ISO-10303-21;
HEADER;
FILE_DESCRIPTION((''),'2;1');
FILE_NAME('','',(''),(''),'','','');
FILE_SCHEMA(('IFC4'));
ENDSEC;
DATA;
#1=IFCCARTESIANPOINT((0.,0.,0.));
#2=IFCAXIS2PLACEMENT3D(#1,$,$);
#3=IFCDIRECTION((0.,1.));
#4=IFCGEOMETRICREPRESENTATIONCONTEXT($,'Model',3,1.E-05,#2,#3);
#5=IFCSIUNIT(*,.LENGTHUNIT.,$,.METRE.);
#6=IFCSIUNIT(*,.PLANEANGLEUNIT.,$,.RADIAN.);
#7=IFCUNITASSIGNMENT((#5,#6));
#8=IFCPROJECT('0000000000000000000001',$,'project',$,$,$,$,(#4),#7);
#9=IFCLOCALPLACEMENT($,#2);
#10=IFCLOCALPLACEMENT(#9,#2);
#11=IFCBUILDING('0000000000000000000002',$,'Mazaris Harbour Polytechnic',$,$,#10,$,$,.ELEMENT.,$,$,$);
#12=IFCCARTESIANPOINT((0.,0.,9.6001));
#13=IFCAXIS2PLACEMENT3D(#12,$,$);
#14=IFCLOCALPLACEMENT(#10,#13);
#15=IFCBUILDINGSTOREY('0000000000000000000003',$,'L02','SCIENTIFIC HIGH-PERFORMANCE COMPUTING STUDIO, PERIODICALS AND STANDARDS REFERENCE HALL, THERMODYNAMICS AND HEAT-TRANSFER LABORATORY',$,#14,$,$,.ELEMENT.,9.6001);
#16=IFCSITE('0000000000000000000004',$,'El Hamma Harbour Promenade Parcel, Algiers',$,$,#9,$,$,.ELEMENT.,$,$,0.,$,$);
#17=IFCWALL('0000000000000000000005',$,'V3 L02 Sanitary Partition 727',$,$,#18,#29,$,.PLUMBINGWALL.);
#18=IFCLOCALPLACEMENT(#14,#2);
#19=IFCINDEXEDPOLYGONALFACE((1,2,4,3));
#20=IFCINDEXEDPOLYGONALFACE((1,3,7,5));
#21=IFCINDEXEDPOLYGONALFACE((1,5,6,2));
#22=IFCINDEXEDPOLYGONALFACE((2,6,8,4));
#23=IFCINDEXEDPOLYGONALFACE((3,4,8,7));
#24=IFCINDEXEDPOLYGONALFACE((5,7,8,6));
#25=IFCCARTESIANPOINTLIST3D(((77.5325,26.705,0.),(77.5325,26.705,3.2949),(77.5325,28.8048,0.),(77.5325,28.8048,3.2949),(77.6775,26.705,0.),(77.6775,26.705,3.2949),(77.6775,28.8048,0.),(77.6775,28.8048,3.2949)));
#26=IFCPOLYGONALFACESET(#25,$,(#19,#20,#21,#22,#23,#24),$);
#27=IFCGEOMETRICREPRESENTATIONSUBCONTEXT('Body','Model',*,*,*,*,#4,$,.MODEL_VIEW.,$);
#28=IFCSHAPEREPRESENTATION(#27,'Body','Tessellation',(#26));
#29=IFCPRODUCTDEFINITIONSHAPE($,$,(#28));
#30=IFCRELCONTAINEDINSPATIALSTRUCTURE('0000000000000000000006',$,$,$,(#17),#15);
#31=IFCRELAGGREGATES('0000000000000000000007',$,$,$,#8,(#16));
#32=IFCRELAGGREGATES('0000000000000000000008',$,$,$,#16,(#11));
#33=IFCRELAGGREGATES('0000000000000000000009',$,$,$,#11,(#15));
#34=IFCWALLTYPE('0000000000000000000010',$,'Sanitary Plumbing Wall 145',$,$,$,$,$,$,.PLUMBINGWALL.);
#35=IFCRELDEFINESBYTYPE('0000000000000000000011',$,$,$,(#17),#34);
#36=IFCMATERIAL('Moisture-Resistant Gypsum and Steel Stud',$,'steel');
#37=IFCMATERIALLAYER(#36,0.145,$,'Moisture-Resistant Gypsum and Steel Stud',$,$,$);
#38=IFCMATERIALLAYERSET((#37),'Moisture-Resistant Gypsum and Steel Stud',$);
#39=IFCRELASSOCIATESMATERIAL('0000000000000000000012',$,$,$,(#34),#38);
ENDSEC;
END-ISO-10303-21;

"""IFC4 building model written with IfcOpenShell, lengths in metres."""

from ifc_helpers import new_model, si_unit, direction, frame, frame_2d, origin, place, context, subcontext, project, spatial, rectangle, extrude, material, layer, layer_set, type_object, element, save


model = new_model("IFC4")

# Units and contexts
model_context = context("Model", 3, precision=1e-05, world=origin(), true_north=direction((0.0, 1.0)))
body_context = subcontext(model_context, "Body", "Model", "MODEL_VIEW")
ifc_project = project(units=[si_unit("LENGTHUNIT", "METRE"), si_unit("PLANEANGLEUNIT", "RADIAN")], contexts=[model_context])

# Site, building, storey
site_placement = place(None, origin())
site = spatial("IfcSite", under=ifc_project, at=site_placement, Name="El Hamma Harbour Promenade Parcel, Algiers", CompositionType="ELEMENT", RefElevation=0.0)
building_placement = place(site_placement, origin())
building = spatial("IfcBuilding", under=site, at=building_placement, Name="Mazaris Harbour Polytechnic", CompositionType="ELEMENT")
storey_placement = place(building_placement, frame((0.0, 0.0, 9.6001)))
storey = spatial("IfcBuildingStorey", under=building, at=storey_placement, Name="L02", Description="SCIENTIFIC HIGH-PERFORMANCE COMPUTING STUDIO, PERIODICALS AND STANDARDS REFERENCE HALL, THERMODYNAMICS AND HEAT-TRANSFER LABORATORY", CompositionType="ELEMENT", Elevation=9.6001)

# Shared definitions
ifc_material_1 = material(Name="Moisture-Resistant Gypsum and Steel Stud", Category="steel")
ifc_layer_1 = layer(ifc_material_1, 0.145, Name="Moisture-Resistant Gypsum and Steel Stud")
ifc_layer_set_1 = layer_set([ifc_layer_1], Name="Moisture-Resistant Gypsum and Steel Stud")
wall_type_1 = type_object("IfcWallType", Name="Sanitary Plumbing Wall 145", PredefinedType="PLUMBINGWALL", material=ifc_layer_set_1)

# Wall
wall_1_placement = place(storey_placement, frame((77.605, 26.7051, 0.0), z_axis=(0.0, 0.0, 1.0), x_axis=(0.0, 1.0, 0.0)))
element("IfcWall", 1, at=wall_1_placement, inside=storey, type_object=wall_type_1, Name="V3 L02 Sanitary Partition 727", PredefinedType="PLUMBINGWALL", context=body_context, shape_type="SweptSolid", body=[
    extrude(rectangle(XDim=2.0999, YDim=0.145, at=frame_2d((1.0498, 0.0))), origin(), (0.0, 0.0, 1.0), 3.2949),
])

save(model, "model.ifc")
